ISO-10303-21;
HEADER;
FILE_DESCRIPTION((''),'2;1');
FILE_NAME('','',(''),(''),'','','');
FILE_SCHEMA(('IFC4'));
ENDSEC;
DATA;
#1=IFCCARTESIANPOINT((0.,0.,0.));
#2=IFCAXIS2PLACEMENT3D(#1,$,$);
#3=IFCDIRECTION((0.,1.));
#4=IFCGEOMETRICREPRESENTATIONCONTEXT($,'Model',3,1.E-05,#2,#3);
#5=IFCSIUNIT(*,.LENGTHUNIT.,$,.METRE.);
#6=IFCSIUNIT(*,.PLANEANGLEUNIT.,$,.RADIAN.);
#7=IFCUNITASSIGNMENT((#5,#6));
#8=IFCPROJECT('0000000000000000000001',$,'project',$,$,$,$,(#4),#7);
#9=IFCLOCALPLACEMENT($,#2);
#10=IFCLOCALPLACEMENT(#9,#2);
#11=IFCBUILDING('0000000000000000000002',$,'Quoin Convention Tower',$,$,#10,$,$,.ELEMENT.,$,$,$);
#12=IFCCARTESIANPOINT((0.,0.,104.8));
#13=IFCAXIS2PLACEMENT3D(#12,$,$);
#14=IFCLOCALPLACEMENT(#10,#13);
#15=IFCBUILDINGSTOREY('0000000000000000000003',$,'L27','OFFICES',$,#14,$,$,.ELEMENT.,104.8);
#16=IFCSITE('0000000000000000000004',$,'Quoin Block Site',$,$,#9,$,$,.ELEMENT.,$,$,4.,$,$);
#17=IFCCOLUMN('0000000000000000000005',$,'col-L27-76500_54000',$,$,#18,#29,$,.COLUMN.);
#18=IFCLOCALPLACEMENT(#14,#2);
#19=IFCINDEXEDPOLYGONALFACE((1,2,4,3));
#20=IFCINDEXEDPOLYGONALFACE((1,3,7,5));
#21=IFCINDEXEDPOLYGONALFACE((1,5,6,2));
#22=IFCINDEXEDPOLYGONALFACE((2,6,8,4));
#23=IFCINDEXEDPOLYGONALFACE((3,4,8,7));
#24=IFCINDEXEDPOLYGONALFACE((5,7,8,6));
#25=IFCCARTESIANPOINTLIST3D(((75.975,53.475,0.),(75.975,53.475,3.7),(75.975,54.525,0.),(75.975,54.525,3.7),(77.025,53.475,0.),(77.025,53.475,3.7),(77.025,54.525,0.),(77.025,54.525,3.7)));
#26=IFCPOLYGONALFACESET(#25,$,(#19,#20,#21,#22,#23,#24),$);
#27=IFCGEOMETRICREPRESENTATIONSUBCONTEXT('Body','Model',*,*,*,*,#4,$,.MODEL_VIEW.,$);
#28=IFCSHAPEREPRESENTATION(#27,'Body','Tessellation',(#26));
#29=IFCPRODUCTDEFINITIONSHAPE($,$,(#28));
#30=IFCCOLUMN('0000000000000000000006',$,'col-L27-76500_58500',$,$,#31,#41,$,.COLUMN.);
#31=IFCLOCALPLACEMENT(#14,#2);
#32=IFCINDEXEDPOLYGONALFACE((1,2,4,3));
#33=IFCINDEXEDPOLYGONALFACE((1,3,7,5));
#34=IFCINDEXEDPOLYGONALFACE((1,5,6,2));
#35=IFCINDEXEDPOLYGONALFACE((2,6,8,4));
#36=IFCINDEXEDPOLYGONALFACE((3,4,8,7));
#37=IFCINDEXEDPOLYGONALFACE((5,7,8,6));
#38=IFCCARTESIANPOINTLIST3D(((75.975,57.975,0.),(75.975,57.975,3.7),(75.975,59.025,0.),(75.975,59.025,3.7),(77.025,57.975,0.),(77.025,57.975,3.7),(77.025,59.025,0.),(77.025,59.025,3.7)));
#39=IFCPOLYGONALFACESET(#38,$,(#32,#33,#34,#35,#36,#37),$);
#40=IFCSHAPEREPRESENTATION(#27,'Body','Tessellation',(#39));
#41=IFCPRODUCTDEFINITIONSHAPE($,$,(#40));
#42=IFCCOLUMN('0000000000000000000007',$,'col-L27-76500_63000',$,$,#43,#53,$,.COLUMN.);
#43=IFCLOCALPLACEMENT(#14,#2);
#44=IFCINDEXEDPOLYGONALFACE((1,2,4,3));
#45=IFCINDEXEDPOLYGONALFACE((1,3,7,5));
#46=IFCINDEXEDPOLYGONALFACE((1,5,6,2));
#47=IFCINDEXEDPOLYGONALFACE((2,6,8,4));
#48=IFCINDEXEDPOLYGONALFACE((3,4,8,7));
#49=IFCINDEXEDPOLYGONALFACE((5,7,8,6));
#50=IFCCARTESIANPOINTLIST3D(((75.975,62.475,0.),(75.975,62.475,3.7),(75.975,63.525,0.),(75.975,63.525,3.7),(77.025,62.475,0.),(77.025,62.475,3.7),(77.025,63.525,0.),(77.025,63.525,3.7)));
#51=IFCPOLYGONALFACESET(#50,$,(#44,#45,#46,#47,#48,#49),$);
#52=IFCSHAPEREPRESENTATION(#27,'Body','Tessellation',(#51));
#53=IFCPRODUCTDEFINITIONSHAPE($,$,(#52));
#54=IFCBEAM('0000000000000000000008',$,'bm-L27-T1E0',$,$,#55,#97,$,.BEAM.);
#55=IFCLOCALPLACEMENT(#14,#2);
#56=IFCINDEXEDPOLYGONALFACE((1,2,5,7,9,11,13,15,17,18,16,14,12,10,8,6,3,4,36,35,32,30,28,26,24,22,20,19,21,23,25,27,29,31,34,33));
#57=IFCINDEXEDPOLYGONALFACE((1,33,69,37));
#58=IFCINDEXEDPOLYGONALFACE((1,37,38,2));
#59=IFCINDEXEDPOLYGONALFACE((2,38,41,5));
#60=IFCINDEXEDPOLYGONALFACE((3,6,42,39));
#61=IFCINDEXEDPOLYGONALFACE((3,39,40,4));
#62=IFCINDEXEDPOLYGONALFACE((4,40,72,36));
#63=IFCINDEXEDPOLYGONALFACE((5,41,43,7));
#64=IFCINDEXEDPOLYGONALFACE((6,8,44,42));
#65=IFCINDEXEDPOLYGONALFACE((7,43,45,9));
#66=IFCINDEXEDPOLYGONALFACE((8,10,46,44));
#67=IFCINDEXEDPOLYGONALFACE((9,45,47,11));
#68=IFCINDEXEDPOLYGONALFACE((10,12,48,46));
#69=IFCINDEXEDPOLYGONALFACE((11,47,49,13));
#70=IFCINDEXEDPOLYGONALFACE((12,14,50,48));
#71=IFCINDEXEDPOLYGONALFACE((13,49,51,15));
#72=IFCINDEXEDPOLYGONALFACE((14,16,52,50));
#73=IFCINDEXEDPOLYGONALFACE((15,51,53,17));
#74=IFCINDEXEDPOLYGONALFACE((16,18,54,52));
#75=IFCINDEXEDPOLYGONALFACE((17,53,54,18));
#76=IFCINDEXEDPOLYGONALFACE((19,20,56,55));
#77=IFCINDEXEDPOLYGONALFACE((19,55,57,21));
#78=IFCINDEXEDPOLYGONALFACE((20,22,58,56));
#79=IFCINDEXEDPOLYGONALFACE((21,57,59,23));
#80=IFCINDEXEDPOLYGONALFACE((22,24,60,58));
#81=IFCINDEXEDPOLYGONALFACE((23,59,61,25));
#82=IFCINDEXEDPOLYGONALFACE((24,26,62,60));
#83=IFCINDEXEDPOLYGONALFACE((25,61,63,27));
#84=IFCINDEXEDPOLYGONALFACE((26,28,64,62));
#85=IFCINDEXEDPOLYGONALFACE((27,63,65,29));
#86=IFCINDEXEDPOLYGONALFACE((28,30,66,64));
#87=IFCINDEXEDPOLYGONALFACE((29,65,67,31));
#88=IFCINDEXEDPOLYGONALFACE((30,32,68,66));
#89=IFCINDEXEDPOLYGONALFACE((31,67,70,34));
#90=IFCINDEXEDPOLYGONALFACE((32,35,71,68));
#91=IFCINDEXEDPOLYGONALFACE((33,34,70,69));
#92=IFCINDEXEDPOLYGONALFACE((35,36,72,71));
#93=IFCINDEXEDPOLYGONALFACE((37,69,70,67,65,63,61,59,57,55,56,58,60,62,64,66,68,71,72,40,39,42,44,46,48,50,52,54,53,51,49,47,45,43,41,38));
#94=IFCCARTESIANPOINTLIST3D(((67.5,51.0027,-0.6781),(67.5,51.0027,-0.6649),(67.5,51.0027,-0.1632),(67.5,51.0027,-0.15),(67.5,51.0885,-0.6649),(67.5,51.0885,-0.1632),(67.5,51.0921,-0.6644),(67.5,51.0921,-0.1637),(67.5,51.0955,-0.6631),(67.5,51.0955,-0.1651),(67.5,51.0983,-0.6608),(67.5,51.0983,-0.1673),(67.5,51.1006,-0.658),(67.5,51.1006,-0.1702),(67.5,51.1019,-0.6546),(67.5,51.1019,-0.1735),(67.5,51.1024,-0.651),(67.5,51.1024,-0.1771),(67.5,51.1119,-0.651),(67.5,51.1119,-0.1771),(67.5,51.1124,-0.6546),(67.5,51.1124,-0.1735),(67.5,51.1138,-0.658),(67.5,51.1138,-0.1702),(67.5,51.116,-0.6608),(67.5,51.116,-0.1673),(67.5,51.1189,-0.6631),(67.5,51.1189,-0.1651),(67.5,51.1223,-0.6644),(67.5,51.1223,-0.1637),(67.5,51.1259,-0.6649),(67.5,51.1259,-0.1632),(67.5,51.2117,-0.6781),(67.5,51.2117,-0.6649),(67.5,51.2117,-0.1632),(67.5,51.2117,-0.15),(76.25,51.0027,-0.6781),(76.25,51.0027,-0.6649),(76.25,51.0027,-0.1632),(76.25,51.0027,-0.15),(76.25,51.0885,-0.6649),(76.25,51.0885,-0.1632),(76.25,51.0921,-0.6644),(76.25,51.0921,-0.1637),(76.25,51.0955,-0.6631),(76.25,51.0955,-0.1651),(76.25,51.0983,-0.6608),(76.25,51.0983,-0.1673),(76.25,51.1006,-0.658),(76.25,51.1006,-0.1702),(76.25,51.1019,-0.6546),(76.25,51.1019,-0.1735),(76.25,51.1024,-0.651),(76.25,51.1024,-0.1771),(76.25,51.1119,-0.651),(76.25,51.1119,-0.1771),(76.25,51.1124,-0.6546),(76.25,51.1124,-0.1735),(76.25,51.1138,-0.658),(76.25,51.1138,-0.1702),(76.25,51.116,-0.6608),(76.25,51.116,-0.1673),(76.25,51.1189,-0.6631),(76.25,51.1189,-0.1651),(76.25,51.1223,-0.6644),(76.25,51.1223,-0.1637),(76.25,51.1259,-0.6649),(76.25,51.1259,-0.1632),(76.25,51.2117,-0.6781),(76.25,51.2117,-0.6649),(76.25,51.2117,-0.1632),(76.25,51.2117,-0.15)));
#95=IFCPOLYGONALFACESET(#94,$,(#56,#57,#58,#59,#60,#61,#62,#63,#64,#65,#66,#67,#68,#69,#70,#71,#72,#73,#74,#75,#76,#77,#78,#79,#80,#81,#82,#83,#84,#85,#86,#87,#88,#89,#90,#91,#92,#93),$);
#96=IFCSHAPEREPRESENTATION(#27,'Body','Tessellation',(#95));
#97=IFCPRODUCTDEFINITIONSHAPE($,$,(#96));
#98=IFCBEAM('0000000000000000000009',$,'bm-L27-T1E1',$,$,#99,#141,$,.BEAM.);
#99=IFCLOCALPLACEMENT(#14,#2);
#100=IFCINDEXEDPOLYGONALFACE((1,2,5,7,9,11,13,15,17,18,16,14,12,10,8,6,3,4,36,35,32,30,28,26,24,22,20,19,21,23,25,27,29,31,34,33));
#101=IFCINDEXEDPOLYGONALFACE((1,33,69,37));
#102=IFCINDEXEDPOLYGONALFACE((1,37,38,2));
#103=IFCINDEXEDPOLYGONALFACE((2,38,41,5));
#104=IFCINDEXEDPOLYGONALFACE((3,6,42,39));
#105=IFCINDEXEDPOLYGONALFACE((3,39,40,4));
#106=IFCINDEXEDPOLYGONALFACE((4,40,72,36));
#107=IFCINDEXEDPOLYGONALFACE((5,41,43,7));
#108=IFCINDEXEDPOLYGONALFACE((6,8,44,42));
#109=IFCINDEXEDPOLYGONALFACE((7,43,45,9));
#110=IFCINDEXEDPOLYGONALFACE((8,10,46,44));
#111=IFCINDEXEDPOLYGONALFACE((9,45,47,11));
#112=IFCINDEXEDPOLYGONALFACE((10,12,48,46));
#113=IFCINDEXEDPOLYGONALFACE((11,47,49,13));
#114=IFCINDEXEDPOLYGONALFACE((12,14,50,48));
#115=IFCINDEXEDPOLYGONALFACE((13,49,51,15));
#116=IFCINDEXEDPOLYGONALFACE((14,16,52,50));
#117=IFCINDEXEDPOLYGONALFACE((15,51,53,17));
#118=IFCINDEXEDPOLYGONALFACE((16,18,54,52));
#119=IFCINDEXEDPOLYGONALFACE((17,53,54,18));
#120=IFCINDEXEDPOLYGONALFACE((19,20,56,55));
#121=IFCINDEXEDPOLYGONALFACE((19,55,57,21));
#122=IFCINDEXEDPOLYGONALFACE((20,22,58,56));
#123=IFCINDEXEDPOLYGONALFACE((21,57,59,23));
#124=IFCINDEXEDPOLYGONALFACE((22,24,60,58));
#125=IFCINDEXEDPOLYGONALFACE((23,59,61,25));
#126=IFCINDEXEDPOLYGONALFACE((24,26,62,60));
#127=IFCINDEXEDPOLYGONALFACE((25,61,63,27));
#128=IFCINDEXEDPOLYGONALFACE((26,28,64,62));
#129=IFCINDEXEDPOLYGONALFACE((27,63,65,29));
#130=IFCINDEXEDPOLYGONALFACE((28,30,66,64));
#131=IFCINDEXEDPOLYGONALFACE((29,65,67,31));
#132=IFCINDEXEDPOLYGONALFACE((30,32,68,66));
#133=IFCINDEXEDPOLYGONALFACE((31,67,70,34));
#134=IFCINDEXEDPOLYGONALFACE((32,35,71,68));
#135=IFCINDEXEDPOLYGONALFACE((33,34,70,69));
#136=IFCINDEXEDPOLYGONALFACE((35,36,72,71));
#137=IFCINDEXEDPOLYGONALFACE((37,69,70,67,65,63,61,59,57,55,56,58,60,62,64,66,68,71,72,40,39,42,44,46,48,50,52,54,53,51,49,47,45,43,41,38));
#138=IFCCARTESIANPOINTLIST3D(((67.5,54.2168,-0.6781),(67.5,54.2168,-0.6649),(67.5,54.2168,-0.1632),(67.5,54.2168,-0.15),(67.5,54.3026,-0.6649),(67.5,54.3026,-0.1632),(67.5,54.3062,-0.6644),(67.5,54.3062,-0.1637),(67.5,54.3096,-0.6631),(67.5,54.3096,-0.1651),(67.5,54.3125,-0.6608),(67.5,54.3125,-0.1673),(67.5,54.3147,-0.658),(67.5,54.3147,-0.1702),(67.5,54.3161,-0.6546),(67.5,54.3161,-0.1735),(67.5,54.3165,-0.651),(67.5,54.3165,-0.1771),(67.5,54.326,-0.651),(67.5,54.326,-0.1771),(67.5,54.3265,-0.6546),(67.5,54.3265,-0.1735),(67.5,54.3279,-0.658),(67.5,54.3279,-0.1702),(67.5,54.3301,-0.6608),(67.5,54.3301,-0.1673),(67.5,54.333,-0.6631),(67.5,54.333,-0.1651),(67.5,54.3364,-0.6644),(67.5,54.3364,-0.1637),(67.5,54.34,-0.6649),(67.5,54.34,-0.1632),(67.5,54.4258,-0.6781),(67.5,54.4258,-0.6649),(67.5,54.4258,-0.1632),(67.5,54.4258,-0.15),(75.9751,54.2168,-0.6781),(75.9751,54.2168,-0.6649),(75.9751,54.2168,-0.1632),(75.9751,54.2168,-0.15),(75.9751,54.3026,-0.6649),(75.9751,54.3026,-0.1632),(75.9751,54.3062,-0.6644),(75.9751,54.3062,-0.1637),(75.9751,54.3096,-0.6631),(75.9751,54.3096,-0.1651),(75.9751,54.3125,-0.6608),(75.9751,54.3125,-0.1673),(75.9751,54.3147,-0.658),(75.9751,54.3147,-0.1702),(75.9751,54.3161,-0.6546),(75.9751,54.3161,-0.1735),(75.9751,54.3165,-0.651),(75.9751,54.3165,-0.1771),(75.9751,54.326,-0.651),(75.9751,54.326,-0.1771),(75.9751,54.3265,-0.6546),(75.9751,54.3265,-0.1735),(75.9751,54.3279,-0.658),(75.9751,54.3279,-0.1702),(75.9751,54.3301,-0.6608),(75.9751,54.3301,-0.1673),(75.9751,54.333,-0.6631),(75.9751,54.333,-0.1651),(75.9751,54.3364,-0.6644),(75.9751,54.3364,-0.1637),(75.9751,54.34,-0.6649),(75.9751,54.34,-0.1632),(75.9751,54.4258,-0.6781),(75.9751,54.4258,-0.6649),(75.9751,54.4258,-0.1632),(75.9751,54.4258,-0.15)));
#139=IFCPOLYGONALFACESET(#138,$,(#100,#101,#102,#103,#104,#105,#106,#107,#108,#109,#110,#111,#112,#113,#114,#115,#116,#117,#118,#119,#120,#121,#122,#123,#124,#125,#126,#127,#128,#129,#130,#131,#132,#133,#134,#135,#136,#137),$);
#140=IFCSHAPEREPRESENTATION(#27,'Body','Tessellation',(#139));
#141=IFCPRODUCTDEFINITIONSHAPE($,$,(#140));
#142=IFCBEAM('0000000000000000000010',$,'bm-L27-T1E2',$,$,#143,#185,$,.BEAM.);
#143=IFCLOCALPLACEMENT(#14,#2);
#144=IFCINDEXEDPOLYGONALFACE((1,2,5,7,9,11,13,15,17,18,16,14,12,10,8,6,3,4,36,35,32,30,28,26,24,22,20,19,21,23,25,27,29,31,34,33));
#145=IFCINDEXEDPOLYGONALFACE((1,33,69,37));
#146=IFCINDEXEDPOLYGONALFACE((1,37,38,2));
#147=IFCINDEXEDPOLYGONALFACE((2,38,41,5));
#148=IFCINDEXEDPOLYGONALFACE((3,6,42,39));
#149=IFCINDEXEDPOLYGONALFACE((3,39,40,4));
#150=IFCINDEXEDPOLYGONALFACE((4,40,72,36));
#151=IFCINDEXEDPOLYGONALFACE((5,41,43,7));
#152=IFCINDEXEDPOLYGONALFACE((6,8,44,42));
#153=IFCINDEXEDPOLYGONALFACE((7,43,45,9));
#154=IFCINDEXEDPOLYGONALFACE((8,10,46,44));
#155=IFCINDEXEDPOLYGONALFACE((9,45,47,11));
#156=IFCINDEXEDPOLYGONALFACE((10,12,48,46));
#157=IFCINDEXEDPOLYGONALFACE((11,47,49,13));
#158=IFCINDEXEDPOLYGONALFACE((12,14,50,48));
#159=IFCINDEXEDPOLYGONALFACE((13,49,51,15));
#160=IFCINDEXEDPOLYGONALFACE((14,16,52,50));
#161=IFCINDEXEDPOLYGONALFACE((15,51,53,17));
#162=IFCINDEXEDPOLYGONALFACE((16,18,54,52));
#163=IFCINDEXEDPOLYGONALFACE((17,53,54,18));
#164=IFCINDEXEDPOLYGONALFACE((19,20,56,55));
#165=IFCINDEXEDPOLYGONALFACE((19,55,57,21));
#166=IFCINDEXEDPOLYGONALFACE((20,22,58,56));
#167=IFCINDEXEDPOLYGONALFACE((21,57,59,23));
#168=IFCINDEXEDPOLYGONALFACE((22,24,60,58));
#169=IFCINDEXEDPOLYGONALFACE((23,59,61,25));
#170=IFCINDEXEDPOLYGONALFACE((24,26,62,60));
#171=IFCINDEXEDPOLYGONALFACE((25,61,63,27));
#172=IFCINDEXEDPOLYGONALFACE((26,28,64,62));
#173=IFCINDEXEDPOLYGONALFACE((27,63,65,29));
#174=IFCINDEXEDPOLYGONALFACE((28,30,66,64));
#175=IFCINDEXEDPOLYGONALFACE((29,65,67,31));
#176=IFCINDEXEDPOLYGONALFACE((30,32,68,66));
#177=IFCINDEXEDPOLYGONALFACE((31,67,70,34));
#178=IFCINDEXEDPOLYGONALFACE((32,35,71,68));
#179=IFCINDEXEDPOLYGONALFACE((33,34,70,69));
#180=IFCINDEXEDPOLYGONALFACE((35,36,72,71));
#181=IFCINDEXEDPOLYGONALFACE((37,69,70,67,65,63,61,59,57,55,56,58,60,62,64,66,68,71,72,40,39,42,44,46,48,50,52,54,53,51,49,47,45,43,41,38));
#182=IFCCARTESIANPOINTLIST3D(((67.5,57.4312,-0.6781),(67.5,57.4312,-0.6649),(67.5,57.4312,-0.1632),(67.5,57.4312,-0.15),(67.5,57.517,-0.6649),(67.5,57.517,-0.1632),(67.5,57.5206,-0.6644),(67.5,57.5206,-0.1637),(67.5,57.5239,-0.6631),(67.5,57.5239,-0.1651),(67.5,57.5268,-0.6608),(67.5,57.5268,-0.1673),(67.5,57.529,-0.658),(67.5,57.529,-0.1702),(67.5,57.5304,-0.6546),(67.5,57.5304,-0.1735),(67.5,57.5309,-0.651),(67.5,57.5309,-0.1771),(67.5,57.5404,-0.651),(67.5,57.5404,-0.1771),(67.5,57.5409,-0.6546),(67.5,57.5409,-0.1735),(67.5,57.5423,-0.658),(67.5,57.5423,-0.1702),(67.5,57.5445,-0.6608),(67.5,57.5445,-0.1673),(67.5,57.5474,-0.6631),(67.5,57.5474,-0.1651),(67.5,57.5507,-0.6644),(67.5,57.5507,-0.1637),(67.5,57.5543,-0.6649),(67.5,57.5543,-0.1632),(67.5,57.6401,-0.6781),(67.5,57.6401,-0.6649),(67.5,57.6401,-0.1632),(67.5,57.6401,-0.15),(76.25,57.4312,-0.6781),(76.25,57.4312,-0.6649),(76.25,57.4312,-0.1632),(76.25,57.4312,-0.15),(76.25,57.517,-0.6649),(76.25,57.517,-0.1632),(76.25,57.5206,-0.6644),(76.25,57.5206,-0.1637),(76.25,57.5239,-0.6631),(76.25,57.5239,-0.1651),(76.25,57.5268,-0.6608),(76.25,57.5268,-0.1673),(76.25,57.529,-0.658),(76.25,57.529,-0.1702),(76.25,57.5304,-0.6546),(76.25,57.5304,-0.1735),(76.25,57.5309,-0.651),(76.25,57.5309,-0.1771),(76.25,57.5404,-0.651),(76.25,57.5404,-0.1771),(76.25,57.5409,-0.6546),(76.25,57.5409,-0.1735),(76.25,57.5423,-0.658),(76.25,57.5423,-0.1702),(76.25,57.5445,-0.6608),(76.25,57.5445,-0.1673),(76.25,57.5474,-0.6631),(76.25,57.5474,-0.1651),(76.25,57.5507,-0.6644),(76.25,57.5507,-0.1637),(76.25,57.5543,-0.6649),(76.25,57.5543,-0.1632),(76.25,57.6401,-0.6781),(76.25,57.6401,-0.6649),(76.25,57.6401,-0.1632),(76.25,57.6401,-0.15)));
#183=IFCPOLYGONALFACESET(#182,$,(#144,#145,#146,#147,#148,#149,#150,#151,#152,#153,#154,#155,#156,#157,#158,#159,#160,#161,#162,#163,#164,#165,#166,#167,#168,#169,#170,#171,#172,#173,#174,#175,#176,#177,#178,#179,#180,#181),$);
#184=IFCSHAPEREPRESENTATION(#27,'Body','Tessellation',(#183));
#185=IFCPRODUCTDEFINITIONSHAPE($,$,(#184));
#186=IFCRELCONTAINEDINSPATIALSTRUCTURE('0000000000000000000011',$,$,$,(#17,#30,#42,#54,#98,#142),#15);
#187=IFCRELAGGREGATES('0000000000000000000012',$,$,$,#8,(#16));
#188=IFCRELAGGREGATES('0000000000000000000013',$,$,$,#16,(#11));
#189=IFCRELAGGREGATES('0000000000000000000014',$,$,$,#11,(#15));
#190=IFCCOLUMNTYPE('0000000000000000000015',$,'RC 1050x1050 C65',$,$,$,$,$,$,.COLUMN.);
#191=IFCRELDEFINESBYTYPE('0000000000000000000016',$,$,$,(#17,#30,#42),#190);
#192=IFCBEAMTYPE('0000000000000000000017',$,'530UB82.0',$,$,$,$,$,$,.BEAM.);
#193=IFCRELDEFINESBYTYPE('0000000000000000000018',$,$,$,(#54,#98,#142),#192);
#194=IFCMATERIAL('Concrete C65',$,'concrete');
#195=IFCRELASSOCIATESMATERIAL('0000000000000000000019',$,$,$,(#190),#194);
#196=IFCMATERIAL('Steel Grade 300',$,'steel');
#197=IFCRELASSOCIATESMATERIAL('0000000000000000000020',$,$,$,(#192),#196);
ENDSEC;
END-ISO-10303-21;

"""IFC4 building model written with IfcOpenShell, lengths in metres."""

from ifc_helpers import new_model, si_unit, direction, frame, origin, origin_2d, place, context, subcontext, project, spatial, rectangle, i_section, extrude, material, material_profile, profile_set, type_object, element, save


model = new_model("IFC4")

# Units and contexts
model_context = context("Model", 3, precision=1e-05, world=origin(), true_north=direction((0.0, 1.0)))
body_context = subcontext(model_context, "Body", "Model", "MODEL_VIEW")
ifc_project = project(units=[si_unit("LENGTHUNIT", "METRE"), si_unit("PLANEANGLEUNIT", "RADIAN")], contexts=[model_context])

# Site, building, storey
site_placement = place(None, origin())
site = spatial("IfcSite", under=ifc_project, at=site_placement, Name="Quoin Block Site", CompositionType="ELEMENT", RefElevation=4.0)
building_placement = place(site_placement, origin())
building = spatial("IfcBuilding", under=site, at=building_placement, Name="Quoin Convention Tower", CompositionType="ELEMENT")
storey_placement = place(building_placement, frame((0.0, 0.0, 104.8)))
storey = spatial("IfcBuildingStorey", under=building, at=storey_placement, Name="L27", Description="OFFICES", CompositionType="ELEMENT", Elevation=104.8)

# Columns
ifc_material_1 = material(Name="Concrete C65", Category="concrete")
ifc_material_profile_1 = material_profile(ifc_material_1, rectangle(XDim=1.05, YDim=1.05, at=origin_2d()), Name="RC 1050x1050")
ifc_profile_set_1 = profile_set([ifc_material_profile_1], Name="Concrete C65")
column_type = type_object("IfcColumnType", Name="RC 1050x1050 C65", PredefinedType="COLUMN", material=ifc_profile_set_1)
for number, where, z_axis, x_axis, name in (
    (1, (76.5, 54.0, 0.0), (0.0, 0.0, 1.0), (1.0, 0.0, 0.0), "col-L27-76500_54000"),
    (2, (76.5, 58.5, 0.0), (0.0, 0.0, 1.0), (1.0, 0.0, 0.0), "col-L27-76500_58500"),
    (3, (76.5, 63.0, 0.0), (0.0, 0.0, 1.0), (1.0, 0.0, 0.0), "col-L27-76500_63000"),
):
    element("IfcColumn", number, at=place(storey_placement, frame(where, z_axis=z_axis, x_axis=x_axis)), inside=storey, type_object=column_type, Name=name, PredefinedType="COLUMN", context=body_context, shape_type="SweptSolid", body=[
        extrude(rectangle(XDim=1.05, YDim=1.05, at=origin_2d()), origin(), (0.0, 0.0, 1.0), 3.7),
    ])

# Beams
ifc_material_2 = material(Name="Steel Grade 300", Category="steel")
ifc_material_profile_2 = material_profile(ifc_material_2, i_section(OverallWidth=0.209, OverallDepth=0.5281, WebThickness=0.0095, FlangeThickness=0.0132, FilletRadius=0.0139, at=origin_2d()), Name="530UB82.0")
ifc_profile_set_2 = profile_set([ifc_material_profile_2], Name="Steel Grade 300")
beam_type_1 = type_object("IfcBeamType", Name="530UB82.0", PredefinedType="BEAM", material=ifc_profile_set_2)
beam_1_placement = place(storey_placement, frame((67.5, 51.1072, -0.4141), z_axis=(1.0, 0.0, 0.0), x_axis=(0.0, 1.0, 0.0)))
element("IfcBeam", 4, at=beam_1_placement, inside=storey, type_object=beam_type_1, Name="bm-L27-T1E0", PredefinedType="BEAM", context=body_context, shape_type="SweptSolid", body=[
    extrude(i_section(OverallWidth=0.209, OverallDepth=0.5281, WebThickness=0.0095, FlangeThickness=0.0132, FilletRadius=0.0139, at=origin_2d()), origin(), (0.0, 0.0, 1.0), 8.75),
])
beam_2_placement = place(storey_placement, frame((67.5, 54.3213, -0.4141), z_axis=(1.0, 0.0, 0.0), x_axis=(0.0, 1.0, 0.0)))
element("IfcBeam", 5, at=beam_2_placement, inside=storey, type_object=beam_type_1, Name="bm-L27-T1E1", PredefinedType="BEAM", context=body_context, shape_type="SweptSolid", body=[
    extrude(i_section(OverallWidth=0.209, OverallDepth=0.5281, WebThickness=0.0095, FlangeThickness=0.0132, FilletRadius=0.0139, at=origin_2d()), origin(), (0.0, 0.0, 1.0), 8.4751),
])
for number, where, z_axis, x_axis, name in (
    (6, (67.5, 57.5356, -0.4141), (1.0, 0.0, 0.0), (0.0, 1.0, 0.0), "bm-L27-T1E2"),
):
    element("IfcBeam", number, at=place(storey_placement, frame(where, z_axis=z_axis, x_axis=x_axis)), inside=storey, type_object=beam_type_1, Name=name, PredefinedType="BEAM", context=body_context, shape_type="SweptSolid", body=[
        extrude(i_section(OverallWidth=0.209, OverallDepth=0.5281, WebThickness=0.0095, FlangeThickness=0.0132, FilletRadius=0.0139, at=origin_2d()), origin(), (0.0, 0.0, 1.0), 8.75),
    ])

save(model, "model.ifc")
